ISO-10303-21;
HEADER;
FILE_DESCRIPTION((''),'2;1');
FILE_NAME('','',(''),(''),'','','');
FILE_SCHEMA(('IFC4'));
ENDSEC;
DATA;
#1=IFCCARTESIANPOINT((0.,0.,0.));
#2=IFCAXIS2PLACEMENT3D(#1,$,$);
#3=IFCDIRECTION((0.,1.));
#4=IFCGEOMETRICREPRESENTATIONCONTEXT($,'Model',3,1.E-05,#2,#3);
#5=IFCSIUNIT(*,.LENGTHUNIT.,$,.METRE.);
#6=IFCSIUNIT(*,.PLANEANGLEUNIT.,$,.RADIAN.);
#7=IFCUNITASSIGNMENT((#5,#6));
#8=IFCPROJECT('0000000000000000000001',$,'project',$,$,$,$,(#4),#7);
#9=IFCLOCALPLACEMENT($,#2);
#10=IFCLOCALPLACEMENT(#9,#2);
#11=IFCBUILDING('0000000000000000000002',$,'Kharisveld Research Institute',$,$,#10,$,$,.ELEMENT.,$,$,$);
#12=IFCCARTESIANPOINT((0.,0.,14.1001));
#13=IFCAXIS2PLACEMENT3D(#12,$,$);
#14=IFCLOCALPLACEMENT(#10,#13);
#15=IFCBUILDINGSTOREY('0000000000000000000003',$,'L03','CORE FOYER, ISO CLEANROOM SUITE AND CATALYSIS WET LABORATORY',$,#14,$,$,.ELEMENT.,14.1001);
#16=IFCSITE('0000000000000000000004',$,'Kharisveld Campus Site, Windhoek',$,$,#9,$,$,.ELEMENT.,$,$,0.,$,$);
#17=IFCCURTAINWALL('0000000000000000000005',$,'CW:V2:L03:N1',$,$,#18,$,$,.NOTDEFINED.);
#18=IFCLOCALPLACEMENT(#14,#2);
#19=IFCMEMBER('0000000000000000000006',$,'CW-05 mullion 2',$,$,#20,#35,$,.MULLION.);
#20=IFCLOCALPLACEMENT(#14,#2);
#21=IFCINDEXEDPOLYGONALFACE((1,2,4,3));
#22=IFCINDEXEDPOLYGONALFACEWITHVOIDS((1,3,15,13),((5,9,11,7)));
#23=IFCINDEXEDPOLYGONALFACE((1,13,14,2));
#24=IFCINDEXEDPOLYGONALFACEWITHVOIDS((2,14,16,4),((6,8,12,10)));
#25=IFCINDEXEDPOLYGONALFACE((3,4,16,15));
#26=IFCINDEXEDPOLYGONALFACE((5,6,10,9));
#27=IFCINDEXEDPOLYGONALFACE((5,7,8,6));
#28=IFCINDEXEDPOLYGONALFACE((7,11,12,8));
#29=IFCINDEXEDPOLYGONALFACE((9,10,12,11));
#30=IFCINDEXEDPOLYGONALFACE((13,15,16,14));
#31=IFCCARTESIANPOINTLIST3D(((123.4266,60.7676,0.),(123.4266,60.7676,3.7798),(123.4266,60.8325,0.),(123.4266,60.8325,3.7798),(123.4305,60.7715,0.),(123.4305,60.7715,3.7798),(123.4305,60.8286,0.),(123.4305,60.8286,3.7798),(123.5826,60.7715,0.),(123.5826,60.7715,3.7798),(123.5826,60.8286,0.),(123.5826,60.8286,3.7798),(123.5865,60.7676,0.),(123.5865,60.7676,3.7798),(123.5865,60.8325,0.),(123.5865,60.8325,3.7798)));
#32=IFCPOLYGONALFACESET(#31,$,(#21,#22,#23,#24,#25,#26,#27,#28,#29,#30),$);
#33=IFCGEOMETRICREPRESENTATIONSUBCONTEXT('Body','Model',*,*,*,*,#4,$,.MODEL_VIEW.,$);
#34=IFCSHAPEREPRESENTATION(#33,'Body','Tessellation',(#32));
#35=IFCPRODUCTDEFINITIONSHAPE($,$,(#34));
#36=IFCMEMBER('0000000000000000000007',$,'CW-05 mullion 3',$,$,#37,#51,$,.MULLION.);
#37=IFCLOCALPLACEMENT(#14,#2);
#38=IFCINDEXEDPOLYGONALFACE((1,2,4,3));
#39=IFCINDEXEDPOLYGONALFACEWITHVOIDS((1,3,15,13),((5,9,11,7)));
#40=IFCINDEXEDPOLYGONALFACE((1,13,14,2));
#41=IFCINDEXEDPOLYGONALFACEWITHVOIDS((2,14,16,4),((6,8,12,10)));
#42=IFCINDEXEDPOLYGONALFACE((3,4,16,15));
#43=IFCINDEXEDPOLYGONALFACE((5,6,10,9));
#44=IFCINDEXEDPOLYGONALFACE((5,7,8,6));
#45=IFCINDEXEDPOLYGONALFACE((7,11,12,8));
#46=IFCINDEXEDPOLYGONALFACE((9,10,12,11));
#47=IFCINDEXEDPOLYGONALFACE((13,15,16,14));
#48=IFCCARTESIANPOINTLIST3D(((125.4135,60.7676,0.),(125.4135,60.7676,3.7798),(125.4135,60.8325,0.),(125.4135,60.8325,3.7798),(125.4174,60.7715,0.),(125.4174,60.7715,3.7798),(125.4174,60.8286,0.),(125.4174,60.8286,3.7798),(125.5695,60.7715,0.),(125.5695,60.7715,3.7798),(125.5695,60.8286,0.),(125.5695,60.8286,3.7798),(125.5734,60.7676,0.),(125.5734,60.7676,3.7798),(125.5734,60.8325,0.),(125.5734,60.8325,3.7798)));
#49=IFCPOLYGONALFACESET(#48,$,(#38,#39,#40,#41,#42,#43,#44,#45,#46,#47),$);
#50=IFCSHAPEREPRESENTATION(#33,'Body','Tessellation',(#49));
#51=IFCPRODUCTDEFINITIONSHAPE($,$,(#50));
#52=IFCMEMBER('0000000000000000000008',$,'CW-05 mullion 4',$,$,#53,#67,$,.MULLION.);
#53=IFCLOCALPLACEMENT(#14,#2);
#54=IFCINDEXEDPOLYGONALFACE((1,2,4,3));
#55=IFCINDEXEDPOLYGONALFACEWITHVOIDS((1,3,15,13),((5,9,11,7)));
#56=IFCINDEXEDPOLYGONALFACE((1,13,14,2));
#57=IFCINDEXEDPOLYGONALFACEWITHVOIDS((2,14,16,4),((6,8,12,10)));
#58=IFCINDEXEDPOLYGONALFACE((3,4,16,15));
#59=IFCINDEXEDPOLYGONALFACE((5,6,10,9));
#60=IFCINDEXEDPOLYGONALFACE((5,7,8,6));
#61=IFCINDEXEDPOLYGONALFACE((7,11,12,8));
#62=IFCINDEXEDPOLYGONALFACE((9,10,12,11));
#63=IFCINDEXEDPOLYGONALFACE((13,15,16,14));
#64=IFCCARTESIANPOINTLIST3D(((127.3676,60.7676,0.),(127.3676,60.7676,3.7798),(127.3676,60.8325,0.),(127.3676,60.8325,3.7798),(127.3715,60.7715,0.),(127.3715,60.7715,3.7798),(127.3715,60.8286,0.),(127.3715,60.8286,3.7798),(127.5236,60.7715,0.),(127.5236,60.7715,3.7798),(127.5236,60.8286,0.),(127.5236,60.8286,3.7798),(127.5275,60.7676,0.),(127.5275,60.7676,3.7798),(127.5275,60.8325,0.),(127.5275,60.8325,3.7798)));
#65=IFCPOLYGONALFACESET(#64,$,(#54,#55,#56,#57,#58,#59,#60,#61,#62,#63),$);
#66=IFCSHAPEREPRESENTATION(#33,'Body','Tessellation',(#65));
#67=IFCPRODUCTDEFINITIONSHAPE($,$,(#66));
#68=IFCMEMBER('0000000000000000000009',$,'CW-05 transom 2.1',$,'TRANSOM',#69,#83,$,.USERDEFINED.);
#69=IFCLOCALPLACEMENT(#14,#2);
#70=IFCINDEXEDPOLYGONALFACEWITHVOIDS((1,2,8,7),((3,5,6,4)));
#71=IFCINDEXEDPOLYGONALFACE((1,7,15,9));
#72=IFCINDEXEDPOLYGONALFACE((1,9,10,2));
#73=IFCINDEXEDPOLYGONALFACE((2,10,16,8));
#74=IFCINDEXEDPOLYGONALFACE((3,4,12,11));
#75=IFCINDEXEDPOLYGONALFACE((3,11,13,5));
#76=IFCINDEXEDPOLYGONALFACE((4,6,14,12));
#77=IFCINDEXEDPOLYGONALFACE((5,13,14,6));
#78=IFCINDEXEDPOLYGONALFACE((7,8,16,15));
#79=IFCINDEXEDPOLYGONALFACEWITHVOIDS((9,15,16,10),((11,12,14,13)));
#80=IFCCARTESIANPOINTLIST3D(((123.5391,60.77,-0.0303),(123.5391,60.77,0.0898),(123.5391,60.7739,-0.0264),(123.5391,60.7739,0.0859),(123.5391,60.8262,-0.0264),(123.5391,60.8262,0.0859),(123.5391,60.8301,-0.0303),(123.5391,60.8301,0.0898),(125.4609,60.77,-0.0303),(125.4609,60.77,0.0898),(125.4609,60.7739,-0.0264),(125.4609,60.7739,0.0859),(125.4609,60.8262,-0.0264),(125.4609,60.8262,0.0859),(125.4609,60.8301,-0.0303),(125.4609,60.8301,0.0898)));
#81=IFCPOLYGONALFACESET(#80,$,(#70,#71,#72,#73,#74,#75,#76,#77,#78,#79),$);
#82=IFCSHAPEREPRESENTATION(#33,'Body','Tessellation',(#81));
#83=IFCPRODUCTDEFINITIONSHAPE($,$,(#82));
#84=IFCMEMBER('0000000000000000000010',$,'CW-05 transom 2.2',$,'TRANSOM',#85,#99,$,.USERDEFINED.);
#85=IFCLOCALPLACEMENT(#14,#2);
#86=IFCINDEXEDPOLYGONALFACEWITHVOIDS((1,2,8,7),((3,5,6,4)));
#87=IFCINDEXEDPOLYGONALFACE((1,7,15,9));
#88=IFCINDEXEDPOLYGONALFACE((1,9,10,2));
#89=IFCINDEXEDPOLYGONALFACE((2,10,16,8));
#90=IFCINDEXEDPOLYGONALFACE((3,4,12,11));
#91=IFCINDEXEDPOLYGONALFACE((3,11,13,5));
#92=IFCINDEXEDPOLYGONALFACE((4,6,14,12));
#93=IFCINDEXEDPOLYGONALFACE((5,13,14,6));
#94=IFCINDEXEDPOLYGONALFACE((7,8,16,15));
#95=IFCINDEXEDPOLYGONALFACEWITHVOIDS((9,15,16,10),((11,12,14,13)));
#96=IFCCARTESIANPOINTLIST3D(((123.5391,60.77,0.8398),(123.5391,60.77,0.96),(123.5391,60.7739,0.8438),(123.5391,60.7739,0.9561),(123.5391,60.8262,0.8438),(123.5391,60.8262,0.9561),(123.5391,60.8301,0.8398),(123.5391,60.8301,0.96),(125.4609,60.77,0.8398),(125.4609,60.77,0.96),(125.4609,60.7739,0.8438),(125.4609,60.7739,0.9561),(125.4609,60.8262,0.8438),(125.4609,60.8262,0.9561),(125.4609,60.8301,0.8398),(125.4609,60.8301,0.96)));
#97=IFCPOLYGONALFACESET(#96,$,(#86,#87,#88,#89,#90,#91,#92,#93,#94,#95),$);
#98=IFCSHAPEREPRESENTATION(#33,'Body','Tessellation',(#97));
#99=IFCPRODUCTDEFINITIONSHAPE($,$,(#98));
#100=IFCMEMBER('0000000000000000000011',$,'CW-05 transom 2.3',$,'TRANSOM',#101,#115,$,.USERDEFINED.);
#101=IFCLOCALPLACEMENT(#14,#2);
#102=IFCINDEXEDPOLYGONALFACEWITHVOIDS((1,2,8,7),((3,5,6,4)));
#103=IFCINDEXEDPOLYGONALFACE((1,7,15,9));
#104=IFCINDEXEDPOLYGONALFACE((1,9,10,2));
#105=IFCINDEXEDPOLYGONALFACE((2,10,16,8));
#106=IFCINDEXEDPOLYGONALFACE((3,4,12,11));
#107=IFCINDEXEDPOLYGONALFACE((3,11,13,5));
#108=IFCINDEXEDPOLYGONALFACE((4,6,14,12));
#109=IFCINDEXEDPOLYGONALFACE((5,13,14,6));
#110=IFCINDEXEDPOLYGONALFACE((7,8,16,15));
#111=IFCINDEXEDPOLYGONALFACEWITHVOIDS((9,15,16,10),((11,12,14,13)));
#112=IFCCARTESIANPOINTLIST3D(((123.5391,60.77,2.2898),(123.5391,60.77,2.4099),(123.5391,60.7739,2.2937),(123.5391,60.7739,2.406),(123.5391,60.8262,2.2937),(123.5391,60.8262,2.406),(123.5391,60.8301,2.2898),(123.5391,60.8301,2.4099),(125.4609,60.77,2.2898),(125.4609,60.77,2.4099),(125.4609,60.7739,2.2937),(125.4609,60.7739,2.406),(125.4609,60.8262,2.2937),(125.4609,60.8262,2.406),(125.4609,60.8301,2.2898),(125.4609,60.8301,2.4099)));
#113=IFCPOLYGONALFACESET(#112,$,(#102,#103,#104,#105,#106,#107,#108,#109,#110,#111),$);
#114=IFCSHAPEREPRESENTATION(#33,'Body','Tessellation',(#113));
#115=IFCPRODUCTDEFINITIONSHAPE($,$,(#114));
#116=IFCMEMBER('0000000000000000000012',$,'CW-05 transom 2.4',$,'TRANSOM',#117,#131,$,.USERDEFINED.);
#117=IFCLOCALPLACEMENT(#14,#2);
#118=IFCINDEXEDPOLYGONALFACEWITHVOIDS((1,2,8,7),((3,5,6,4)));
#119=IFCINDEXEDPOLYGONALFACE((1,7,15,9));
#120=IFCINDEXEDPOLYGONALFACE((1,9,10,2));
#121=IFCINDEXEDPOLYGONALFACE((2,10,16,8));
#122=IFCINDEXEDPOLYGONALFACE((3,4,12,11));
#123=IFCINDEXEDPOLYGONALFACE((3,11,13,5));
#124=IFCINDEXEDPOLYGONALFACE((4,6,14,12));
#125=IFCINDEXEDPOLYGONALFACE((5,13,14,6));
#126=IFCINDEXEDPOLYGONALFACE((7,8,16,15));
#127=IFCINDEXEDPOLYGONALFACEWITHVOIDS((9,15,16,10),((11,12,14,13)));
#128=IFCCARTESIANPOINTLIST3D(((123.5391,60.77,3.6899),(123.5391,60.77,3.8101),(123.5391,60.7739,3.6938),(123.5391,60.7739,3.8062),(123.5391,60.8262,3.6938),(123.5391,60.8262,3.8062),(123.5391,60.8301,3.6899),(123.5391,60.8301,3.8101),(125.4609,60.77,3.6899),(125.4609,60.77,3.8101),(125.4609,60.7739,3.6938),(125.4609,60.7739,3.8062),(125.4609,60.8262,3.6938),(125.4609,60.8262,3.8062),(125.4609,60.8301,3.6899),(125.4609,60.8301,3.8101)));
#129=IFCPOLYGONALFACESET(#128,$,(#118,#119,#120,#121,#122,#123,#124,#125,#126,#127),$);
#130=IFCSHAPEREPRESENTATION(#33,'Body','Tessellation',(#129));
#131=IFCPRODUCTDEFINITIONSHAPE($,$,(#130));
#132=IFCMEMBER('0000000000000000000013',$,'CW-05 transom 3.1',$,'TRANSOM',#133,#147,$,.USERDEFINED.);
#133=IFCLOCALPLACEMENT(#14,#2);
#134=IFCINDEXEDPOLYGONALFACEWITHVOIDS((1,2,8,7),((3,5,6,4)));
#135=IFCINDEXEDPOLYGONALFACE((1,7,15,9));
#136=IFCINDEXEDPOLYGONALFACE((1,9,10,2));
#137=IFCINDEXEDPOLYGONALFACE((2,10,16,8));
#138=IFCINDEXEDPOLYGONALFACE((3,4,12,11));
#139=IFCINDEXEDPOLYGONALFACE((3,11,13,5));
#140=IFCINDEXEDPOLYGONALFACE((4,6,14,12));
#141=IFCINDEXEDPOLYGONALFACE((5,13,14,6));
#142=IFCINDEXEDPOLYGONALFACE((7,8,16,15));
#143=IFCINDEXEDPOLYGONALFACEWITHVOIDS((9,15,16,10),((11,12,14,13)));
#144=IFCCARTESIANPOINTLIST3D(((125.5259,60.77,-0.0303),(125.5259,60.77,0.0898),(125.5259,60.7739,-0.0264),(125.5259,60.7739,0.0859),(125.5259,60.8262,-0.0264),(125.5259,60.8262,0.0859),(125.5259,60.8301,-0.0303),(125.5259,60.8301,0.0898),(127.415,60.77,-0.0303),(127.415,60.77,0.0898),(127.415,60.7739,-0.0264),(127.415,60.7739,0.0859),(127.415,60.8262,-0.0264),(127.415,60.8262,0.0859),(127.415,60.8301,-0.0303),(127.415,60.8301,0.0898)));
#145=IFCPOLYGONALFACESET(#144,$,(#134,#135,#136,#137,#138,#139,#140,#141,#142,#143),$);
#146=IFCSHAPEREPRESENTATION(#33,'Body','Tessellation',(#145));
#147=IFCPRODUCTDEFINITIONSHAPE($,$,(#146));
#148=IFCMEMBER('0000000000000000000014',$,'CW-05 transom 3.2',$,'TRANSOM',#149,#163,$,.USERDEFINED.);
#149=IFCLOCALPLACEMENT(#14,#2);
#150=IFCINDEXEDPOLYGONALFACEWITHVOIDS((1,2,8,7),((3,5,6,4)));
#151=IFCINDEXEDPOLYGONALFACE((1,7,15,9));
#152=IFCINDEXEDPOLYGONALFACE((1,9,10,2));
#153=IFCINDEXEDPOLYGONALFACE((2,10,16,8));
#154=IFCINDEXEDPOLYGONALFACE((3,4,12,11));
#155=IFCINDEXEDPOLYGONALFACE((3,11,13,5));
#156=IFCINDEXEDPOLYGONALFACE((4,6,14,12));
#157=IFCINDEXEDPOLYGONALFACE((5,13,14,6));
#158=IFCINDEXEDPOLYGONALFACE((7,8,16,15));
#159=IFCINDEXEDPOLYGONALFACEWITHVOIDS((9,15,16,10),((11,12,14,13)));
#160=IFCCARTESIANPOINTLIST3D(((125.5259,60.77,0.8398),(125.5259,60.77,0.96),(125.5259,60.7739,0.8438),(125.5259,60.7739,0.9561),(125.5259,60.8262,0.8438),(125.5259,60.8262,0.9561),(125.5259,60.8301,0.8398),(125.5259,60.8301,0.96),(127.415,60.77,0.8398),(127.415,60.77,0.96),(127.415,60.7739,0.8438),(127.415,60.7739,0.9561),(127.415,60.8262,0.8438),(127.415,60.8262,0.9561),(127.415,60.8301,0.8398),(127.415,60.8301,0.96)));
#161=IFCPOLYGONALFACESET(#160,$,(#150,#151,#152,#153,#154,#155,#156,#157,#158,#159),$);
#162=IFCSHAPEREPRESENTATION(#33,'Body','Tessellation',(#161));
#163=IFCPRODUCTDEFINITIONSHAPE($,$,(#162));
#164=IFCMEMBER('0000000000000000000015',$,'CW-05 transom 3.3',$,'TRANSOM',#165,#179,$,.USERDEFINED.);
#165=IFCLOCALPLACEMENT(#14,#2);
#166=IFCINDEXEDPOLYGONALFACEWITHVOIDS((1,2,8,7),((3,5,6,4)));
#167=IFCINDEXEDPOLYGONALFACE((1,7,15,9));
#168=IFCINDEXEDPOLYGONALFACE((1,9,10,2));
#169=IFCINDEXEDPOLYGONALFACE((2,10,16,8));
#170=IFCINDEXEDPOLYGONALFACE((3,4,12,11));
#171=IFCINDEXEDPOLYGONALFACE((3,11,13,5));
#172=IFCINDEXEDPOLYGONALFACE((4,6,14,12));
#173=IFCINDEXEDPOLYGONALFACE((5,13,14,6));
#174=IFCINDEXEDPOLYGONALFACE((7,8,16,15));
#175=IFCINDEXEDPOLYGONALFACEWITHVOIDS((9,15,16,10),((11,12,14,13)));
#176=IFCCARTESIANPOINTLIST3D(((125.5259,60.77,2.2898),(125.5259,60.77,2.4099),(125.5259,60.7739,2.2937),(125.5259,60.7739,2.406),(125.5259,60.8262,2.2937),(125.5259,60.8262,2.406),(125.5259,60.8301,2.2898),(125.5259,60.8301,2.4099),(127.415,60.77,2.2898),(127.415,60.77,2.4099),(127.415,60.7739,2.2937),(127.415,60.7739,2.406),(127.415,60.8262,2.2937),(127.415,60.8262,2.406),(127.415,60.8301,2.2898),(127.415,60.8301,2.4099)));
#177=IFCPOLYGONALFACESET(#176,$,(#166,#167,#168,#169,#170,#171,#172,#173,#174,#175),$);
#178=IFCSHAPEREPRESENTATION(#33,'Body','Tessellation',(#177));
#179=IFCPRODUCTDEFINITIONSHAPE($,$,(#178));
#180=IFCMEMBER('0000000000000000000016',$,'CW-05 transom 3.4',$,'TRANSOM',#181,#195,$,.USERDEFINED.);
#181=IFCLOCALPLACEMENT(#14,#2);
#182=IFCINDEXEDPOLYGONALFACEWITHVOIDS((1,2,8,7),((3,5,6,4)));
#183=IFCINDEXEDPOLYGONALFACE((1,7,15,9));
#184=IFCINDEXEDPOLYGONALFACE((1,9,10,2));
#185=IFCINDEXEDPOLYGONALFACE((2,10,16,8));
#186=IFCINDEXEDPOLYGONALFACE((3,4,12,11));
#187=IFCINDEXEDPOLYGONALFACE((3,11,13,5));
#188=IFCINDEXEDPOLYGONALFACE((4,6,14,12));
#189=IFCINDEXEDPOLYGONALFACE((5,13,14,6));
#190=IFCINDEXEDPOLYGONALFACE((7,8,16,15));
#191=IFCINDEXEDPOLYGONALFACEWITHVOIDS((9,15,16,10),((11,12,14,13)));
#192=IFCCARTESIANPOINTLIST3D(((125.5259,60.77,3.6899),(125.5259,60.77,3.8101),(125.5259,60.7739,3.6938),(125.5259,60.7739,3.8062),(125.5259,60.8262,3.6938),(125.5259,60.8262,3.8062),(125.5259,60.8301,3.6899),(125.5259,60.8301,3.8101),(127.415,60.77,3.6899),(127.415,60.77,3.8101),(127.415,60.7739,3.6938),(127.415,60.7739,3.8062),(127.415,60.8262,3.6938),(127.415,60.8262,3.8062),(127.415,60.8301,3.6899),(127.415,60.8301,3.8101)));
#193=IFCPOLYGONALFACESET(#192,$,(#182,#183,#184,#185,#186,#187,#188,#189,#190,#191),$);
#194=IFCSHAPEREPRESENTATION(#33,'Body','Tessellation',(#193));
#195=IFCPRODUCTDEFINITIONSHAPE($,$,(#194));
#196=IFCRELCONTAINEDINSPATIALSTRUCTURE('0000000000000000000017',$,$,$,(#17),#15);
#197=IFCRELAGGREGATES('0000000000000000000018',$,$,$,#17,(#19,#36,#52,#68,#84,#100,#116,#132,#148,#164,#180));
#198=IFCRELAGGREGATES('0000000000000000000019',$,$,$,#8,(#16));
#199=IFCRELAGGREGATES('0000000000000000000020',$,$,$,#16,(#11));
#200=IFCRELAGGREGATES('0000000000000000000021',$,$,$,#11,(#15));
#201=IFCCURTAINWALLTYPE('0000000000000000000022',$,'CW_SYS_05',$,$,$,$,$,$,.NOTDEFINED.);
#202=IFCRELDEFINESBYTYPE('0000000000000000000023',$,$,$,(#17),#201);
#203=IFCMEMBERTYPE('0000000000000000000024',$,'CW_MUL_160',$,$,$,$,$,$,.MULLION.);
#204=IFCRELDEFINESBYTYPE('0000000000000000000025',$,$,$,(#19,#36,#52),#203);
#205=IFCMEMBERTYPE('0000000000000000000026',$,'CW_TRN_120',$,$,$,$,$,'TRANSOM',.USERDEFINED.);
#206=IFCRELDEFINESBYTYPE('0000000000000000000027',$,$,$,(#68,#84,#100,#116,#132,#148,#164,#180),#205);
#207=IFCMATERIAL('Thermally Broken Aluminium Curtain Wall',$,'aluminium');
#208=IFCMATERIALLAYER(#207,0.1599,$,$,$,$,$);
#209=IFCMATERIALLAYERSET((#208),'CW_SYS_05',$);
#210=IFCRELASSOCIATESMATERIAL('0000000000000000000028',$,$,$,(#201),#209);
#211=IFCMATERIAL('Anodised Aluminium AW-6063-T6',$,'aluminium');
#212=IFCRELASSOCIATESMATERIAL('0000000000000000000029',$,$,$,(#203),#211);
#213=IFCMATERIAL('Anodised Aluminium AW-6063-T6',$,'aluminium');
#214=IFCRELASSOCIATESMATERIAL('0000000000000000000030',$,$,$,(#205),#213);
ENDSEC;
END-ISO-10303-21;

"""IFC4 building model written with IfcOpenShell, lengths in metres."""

from ifc_helpers import new_model, si_unit, direction, frame, origin, origin_2d, place, context, subcontext, project, spatial, hollow_rectangle, extrude, material, layer, layer_set, material_profile, profile_set, type_object, element, aggregate, save


model = new_model("IFC4")

# Units and contexts
model_context = context("Model", 3, precision=1e-05, world=origin(), true_north=direction((0.0, 1.0)))
body_context = subcontext(model_context, "Body", "Model", "MODEL_VIEW")
ifc_project = project(units=[si_unit("LENGTHUNIT", "METRE"), si_unit("PLANEANGLEUNIT", "RADIAN")], contexts=[model_context])

# Site, building, storey
site_placement = place(None, origin())
site = spatial("IfcSite", under=ifc_project, at=site_placement, Name="Kharisveld Campus Site, Windhoek", CompositionType="ELEMENT", RefElevation=0.0)
building_placement = place(site_placement, origin())
building = spatial("IfcBuilding", under=site, at=building_placement, Name="Kharisveld Research Institute", CompositionType="ELEMENT")
storey_placement = place(building_placement, frame((0.0, 0.0, 14.1001)))
storey = spatial("IfcBuildingStorey", under=building, at=storey_placement, Name="L03", Description="CORE FOYER, ISO CLEANROOM SUITE AND CATALYSIS WET LABORATORY", CompositionType="ELEMENT", Elevation=14.1001)

# Curtain wall, members
ifc_material_1 = material(Name="Thermally Broken Aluminium Curtain Wall", Category="aluminium")
ifc_layer_1 = layer(ifc_material_1, 0.1599)
ifc_layer_set_1 = layer_set([ifc_layer_1], Name="CW_SYS_05")
curtain_wall_type = type_object("IfcCurtainWallType", Name="CW_SYS_05", PredefinedType="NOTDEFINED", material=ifc_layer_set_1)
curtain_wall_placement = place(storey_placement, origin())
curtain_wall = element("IfcCurtainWall", 1, at=curtain_wall_placement, inside=storey, type_object=curtain_wall_type, Name="CW:V2:L03:N1", PredefinedType="NOTDEFINED")
ifc_material_2 = material(Name="Anodised Aluminium AW-6063-T6", Category="aluminium")
ifc_material_profile_1 = material_profile(ifc_material_2, hollow_rectangle(XDim=0.0649, YDim=0.1599, WallThickness=0.0039, at=origin_2d()))
ifc_profile_set_1 = profile_set([ifc_material_profile_1], Name="Anodised Aluminium AW-6063-T6")
member_type_1 = type_object("IfcMemberType", Name="CW_MUL_160", PredefinedType="MULLION", material=ifc_profile_set_1)
member_1_placement = place(storey_placement, frame((123.5066, 60.8, 0.0), z_axis=(0.0, 0.0, 1.0), x_axis=(0.0, 1.0, 0.0)))
member_1 = element("IfcMember", 2, at=member_1_placement, type_object=member_type_1, Name="CW-05 mullion 2", PredefinedType="MULLION", context=body_context, shape_type="SweptSolid", body=[
    extrude(hollow_rectangle(XDim=0.0649, YDim=0.1599, WallThickness=0.0039, at=origin_2d()), origin(), (0.0, 0.0, 1.0), 3.7798),
])
member_2_placement = place(storey_placement, frame((125.4934, 60.8, 0.0), z_axis=(0.0, 0.0, 1.0), x_axis=(0.0, 1.0, 0.0)))
member_2 = element("IfcMember", 3, at=member_2_placement, type_object=member_type_1, Name="CW-05 mullion 3", PredefinedType="MULLION", context=body_context, shape_type="SweptSolid", body=[
    extrude(hollow_rectangle(XDim=0.0649, YDim=0.1599, WallThickness=0.0039, at=origin_2d()), origin(), (0.0, 0.0, 1.0), 3.7798),
])
member_3_placement = place(storey_placement, frame((127.4475, 60.8, 0.0), z_axis=(0.0, 0.0, 1.0), x_axis=(0.0, 1.0, 0.0)))
member_3 = element("IfcMember", 4, at=member_3_placement, type_object=member_type_1, Name="CW-05 mullion 4", PredefinedType="MULLION", context=body_context, shape_type="SweptSolid", body=[
    extrude(hollow_rectangle(XDim=0.0649, YDim=0.1599, WallThickness=0.0039, at=origin_2d()), origin(), (0.0, 0.0, 1.0), 3.7798),
])
ifc_material_3 = material(Name="Anodised Aluminium AW-6063-T6", Category="aluminium")
ifc_material_profile_2 = material_profile(ifc_material_3, hollow_rectangle(XDim=0.0601, YDim=0.1201, WallThickness=0.0039, at=origin_2d()))
ifc_profile_set_2 = profile_set([ifc_material_profile_2], Name="Anodised Aluminium AW-6063-T6")
member_type_2 = type_object("IfcMemberType", Name="CW_TRN_120", ElementType="TRANSOM", PredefinedType="USERDEFINED", material=ifc_profile_set_2)
member_4_placement = place(storey_placement, frame((123.5391, 60.8, 0.0298), z_axis=(1.0, 0.0, 0.0), x_axis=(0.0, 1.0, 0.0)))
member_4 = element("IfcMember", 5, at=member_4_placement, type_object=member_type_2, Name="CW-05 transom 2.1", ObjectType="TRANSOM", PredefinedType="USERDEFINED", context=body_context, shape_type="SweptSolid", body=[
    extrude(hollow_rectangle(XDim=0.0601, YDim=0.1201, WallThickness=0.0039, at=origin_2d()), origin(), (0.0, 0.0, 1.0), 1.9219),
])
member_5_placement = place(storey_placement, frame((123.5391, 60.8, 0.8999), z_axis=(1.0, 0.0, 0.0), x_axis=(0.0, 1.0, 0.0)))
member_5 = element("IfcMember", 6, at=member_5_placement, type_object=member_type_2, Name="CW-05 transom 2.2", ObjectType="TRANSOM", PredefinedType="USERDEFINED", context=body_context, shape_type="SweptSolid", body=[
    extrude(hollow_rectangle(XDim=0.0601, YDim=0.1201, WallThickness=0.0039, at=origin_2d()), origin(), (0.0, 0.0, 1.0), 1.9219),
])
member_6_placement = place(storey_placement, frame((123.5391, 60.8, 2.3499), z_axis=(1.0, 0.0, 0.0), x_axis=(0.0, 1.0, 0.0)))
member_6 = element("IfcMember", 7, at=member_6_placement, type_object=member_type_2, Name="CW-05 transom 2.3", ObjectType="TRANSOM", PredefinedType="USERDEFINED", context=body_context, shape_type="SweptSolid", body=[
    extrude(hollow_rectangle(XDim=0.0601, YDim=0.1201, WallThickness=0.0039, at=origin_2d()), origin(), (0.0, 0.0, 1.0), 1.9219),
])
member_7_placement = place(storey_placement, frame((123.5391, 60.8, 3.75), z_axis=(1.0, 0.0, 0.0), x_axis=(0.0, 1.0, 0.0)))
member_7 = element("IfcMember", 8, at=member_7_placement, type_object=member_type_2, Name="CW-05 transom 2.4", ObjectType="TRANSOM", PredefinedType="USERDEFINED", context=body_context, shape_type="SweptSolid", body=[
    extrude(hollow_rectangle(XDim=0.0601, YDim=0.1201, WallThickness=0.0039, at=origin_2d()), origin(), (0.0, 0.0, 1.0), 1.9219),
])
member_8_placement = place(storey_placement, frame((125.5259, 60.8, 0.0298), z_axis=(1.0, 0.0, 0.0), x_axis=(0.0, 1.0, 0.0)))
member_8 = element("IfcMember", 9, at=member_8_placement, type_object=member_type_2, Name="CW-05 transom 3.1", ObjectType="TRANSOM", PredefinedType="USERDEFINED", context=body_context, shape_type="SweptSolid", body=[
    extrude(hollow_rectangle(XDim=0.0601, YDim=0.1201, WallThickness=0.0039, at=origin_2d()), origin(), (0.0, 0.0, 1.0), 1.8892),
])
member_9_placement = place(storey_placement, frame((125.5259, 60.8, 0.8999), z_axis=(1.0, 0.0, 0.0), x_axis=(0.0, 1.0, 0.0)))
member_9 = element("IfcMember", 10, at=member_9_placement, type_object=member_type_2, Name="CW-05 transom 3.2", ObjectType="TRANSOM", PredefinedType="USERDEFINED", context=body_context, shape_type="SweptSolid", body=[
    extrude(hollow_rectangle(XDim=0.0601, YDim=0.1201, WallThickness=0.0039, at=origin_2d()), origin(), (0.0, 0.0, 1.0), 1.8892),
])
member_10_placement = place(storey_placement, frame((125.5259, 60.8, 2.3499), z_axis=(1.0, 0.0, 0.0), x_axis=(0.0, 1.0, 0.0)))
member_10 = element("IfcMember", 11, at=member_10_placement, type_object=member_type_2, Name="CW-05 transom 3.3", ObjectType="TRANSOM", PredefinedType="USERDEFINED", context=body_context, shape_type="SweptSolid", body=[
    extrude(hollow_rectangle(XDim=0.0601, YDim=0.1201, WallThickness=0.0039, at=origin_2d()), origin(), (0.0, 0.0, 1.0), 1.8892),
])
member_11_placement = place(storey_placement, frame((125.5259, 60.8, 3.75), z_axis=(1.0, 0.0, 0.0), x_axis=(0.0, 1.0, 0.0)))
member_11 = element("IfcMember", 12, at=member_11_placement, type_object=member_type_2, Name="CW-05 transom 3.4", ObjectType="TRANSOM", PredefinedType="USERDEFINED", context=body_context, shape_type="SweptSolid", body=[
    extrude(hollow_rectangle(XDim=0.0601, YDim=0.1201, WallThickness=0.0039, at=origin_2d()), origin(), (0.0, 0.0, 1.0), 1.8892),
])
aggregate(curtain_wall, [member_1, member_2, member_3, member_4, member_5, member_6, member_7, member_8, member_9, member_10, member_11])

save(model, "model.ifc")
